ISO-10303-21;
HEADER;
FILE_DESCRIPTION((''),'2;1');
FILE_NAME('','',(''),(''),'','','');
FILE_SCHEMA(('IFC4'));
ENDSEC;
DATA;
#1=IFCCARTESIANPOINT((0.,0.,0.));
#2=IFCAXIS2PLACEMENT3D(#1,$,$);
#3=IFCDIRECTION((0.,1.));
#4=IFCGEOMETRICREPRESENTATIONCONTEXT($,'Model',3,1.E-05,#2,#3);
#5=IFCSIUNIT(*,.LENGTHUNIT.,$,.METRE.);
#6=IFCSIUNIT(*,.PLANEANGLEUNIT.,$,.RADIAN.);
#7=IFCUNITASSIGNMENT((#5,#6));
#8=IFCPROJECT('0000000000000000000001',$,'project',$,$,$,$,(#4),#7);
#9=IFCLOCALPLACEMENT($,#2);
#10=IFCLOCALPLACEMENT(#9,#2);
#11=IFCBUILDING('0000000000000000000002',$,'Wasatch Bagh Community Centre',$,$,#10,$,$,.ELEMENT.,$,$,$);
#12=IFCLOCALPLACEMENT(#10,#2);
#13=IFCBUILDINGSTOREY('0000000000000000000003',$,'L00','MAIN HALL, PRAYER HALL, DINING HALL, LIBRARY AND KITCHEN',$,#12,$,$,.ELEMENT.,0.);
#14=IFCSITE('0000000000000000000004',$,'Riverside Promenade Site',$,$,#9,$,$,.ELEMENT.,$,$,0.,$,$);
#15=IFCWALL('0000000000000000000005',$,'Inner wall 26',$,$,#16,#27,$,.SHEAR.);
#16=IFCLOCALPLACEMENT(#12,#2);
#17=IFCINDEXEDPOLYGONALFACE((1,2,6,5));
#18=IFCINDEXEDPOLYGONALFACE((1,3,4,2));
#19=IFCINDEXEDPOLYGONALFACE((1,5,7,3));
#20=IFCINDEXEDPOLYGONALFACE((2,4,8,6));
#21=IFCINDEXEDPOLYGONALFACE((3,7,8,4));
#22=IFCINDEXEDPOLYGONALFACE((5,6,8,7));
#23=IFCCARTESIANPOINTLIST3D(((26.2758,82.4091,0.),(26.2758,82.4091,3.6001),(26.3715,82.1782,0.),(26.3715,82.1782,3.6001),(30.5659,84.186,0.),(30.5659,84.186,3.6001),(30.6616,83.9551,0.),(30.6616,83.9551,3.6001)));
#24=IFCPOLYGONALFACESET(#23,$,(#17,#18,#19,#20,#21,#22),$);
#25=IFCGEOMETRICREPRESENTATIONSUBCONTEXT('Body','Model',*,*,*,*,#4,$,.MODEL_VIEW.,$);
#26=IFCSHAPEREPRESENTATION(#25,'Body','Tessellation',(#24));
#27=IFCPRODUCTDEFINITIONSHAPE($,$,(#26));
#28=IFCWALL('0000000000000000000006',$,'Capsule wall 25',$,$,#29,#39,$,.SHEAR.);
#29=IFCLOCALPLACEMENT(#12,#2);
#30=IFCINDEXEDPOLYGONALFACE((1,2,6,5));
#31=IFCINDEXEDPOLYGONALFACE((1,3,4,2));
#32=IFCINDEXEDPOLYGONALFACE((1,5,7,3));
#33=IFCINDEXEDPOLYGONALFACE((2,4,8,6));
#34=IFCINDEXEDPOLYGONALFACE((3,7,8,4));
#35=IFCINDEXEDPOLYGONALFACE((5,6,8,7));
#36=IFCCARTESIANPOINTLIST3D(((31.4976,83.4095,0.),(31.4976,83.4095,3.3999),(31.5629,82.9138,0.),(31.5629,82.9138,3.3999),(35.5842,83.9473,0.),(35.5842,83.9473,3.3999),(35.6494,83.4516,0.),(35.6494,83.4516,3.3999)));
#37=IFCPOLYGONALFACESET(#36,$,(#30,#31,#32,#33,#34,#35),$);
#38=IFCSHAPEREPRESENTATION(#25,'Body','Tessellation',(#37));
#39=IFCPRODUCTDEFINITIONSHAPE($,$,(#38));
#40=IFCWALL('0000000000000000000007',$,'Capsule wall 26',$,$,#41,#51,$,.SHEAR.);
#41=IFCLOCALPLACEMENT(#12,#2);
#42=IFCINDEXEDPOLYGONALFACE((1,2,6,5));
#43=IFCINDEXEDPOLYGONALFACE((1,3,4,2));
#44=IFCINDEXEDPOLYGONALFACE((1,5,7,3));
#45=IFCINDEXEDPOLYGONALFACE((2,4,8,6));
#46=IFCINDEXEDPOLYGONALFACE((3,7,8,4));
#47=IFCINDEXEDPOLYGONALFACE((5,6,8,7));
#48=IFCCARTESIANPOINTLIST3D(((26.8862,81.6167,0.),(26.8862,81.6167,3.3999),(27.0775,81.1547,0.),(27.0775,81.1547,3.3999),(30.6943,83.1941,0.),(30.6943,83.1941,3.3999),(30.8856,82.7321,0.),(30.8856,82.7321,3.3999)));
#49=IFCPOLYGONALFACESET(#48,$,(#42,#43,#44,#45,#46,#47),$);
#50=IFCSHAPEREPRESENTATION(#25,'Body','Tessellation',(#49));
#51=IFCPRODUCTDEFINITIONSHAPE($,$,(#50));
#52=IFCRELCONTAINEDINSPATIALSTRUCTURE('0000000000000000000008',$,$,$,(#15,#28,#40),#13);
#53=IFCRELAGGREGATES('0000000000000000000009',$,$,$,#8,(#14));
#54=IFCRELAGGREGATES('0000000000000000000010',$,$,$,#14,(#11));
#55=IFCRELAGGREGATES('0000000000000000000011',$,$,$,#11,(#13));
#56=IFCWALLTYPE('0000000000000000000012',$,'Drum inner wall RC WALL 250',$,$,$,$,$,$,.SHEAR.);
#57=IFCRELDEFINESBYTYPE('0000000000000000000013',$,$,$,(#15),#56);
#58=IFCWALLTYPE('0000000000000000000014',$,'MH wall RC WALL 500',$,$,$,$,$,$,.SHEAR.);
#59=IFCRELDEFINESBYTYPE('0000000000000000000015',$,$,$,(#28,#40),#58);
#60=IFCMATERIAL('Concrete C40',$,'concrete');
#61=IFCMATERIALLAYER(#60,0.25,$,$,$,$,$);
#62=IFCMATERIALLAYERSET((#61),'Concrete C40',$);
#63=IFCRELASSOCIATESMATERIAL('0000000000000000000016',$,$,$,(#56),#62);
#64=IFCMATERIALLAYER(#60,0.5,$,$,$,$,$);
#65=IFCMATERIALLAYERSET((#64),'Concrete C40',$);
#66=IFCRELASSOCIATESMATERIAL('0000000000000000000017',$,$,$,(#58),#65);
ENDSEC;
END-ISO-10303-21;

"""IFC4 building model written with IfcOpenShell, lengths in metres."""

from ifc_helpers import new_model, si_unit, direction, frame, frame_2d, origin, place, context, subcontext, project, spatial, rectangle, extrude, material, layer, layer_set, type_object, element, save


model = new_model("IFC4")

# Units and contexts
model_context = context("Model", 3, precision=1e-05, world=origin(), true_north=direction((0.0, 1.0)))
body_context = subcontext(model_context, "Body", "Model", "MODEL_VIEW")
ifc_project = project(units=[si_unit("LENGTHUNIT", "METRE"), si_unit("PLANEANGLEUNIT", "RADIAN")], contexts=[model_context])

# Site, building, storey
site_placement = place(None, origin())
site = spatial("IfcSite", under=ifc_project, at=site_placement, Name="Riverside Promenade Site", CompositionType="ELEMENT", RefElevation=0.0)
building_placement = place(site_placement, origin())
building = spatial("IfcBuilding", under=site, at=building_placement, Name="Wasatch Bagh Community Centre", CompositionType="ELEMENT")
storey_placement = place(building_placement, origin())
storey = spatial("IfcBuildingStorey", under=building, at=storey_placement, Name="L00", Description="MAIN HALL, PRAYER HALL, DINING HALL, LIBRARY AND KITCHEN", CompositionType="ELEMENT", Elevation=0.0)

# Shared definitions
ifc_material_1 = material(Name="Concrete C40", Category="concrete")

# Walls
ifc_layer_1 = layer(ifc_material_1, 0.25)
ifc_layer_set_1 = layer_set([ifc_layer_1], Name="Concrete C40")
wall_type_1 = type_object("IfcWallType", Name="Drum inner wall RC WALL 250", PredefinedType="SHEAR", material=ifc_layer_set_1)
wall_placement = place(storey_placement, frame((30.6138, 84.0706, 0.0), z_axis=(0.0, 0.0, 1.0), x_axis=(-0.92389, -0.382658, 0.0)))
element("IfcWall", 1, at=wall_placement, inside=storey, type_object=wall_type_1, Name="Inner wall 26", PredefinedType="SHEAR", context=body_context, shape_type="SweptSolid", body=[
    extrude(rectangle(XDim=4.6436, YDim=0.25, at=frame_2d((2.3218, 0.0))), origin(), (0.0, 0.0, 1.0), 3.6001),
])
ifc_layer_2 = layer(ifc_material_1, 0.5)
ifc_layer_set_2 = layer_set([ifc_layer_2], Name="Concrete C40")
wall_type_2 = type_object("IfcWallType", Name="MH wall RC WALL 500", PredefinedType="SHEAR", material=ifc_layer_set_2)
for number, where, z_axis, x_axis, name in (
    (2, (35.6169, 83.6995, 0.0), (0.0, 0.0, 1.0), (-0.99145, -0.130484, 0.0), "Capsule wall 25"),
    (3, (30.79, 82.9631, 0.0), (0.0, 0.0, 1.0), (-0.923878, -0.382688, 0.0), "Capsule wall 26"),
):
    element("IfcWall", number, at=place(storey_placement, frame(where, z_axis=z_axis, x_axis=x_axis)), inside=storey, type_object=wall_type_2, Name=name, PredefinedType="SHEAR", context=body_context, shape_type="SweptSolid", body=[
        extrude(rectangle(XDim=4.1218, YDim=0.5, at=frame_2d((2.061, 0.0))), origin(), (0.0, 0.0, 1.0), 3.3999),
    ])

save(model, "model.ifc")
